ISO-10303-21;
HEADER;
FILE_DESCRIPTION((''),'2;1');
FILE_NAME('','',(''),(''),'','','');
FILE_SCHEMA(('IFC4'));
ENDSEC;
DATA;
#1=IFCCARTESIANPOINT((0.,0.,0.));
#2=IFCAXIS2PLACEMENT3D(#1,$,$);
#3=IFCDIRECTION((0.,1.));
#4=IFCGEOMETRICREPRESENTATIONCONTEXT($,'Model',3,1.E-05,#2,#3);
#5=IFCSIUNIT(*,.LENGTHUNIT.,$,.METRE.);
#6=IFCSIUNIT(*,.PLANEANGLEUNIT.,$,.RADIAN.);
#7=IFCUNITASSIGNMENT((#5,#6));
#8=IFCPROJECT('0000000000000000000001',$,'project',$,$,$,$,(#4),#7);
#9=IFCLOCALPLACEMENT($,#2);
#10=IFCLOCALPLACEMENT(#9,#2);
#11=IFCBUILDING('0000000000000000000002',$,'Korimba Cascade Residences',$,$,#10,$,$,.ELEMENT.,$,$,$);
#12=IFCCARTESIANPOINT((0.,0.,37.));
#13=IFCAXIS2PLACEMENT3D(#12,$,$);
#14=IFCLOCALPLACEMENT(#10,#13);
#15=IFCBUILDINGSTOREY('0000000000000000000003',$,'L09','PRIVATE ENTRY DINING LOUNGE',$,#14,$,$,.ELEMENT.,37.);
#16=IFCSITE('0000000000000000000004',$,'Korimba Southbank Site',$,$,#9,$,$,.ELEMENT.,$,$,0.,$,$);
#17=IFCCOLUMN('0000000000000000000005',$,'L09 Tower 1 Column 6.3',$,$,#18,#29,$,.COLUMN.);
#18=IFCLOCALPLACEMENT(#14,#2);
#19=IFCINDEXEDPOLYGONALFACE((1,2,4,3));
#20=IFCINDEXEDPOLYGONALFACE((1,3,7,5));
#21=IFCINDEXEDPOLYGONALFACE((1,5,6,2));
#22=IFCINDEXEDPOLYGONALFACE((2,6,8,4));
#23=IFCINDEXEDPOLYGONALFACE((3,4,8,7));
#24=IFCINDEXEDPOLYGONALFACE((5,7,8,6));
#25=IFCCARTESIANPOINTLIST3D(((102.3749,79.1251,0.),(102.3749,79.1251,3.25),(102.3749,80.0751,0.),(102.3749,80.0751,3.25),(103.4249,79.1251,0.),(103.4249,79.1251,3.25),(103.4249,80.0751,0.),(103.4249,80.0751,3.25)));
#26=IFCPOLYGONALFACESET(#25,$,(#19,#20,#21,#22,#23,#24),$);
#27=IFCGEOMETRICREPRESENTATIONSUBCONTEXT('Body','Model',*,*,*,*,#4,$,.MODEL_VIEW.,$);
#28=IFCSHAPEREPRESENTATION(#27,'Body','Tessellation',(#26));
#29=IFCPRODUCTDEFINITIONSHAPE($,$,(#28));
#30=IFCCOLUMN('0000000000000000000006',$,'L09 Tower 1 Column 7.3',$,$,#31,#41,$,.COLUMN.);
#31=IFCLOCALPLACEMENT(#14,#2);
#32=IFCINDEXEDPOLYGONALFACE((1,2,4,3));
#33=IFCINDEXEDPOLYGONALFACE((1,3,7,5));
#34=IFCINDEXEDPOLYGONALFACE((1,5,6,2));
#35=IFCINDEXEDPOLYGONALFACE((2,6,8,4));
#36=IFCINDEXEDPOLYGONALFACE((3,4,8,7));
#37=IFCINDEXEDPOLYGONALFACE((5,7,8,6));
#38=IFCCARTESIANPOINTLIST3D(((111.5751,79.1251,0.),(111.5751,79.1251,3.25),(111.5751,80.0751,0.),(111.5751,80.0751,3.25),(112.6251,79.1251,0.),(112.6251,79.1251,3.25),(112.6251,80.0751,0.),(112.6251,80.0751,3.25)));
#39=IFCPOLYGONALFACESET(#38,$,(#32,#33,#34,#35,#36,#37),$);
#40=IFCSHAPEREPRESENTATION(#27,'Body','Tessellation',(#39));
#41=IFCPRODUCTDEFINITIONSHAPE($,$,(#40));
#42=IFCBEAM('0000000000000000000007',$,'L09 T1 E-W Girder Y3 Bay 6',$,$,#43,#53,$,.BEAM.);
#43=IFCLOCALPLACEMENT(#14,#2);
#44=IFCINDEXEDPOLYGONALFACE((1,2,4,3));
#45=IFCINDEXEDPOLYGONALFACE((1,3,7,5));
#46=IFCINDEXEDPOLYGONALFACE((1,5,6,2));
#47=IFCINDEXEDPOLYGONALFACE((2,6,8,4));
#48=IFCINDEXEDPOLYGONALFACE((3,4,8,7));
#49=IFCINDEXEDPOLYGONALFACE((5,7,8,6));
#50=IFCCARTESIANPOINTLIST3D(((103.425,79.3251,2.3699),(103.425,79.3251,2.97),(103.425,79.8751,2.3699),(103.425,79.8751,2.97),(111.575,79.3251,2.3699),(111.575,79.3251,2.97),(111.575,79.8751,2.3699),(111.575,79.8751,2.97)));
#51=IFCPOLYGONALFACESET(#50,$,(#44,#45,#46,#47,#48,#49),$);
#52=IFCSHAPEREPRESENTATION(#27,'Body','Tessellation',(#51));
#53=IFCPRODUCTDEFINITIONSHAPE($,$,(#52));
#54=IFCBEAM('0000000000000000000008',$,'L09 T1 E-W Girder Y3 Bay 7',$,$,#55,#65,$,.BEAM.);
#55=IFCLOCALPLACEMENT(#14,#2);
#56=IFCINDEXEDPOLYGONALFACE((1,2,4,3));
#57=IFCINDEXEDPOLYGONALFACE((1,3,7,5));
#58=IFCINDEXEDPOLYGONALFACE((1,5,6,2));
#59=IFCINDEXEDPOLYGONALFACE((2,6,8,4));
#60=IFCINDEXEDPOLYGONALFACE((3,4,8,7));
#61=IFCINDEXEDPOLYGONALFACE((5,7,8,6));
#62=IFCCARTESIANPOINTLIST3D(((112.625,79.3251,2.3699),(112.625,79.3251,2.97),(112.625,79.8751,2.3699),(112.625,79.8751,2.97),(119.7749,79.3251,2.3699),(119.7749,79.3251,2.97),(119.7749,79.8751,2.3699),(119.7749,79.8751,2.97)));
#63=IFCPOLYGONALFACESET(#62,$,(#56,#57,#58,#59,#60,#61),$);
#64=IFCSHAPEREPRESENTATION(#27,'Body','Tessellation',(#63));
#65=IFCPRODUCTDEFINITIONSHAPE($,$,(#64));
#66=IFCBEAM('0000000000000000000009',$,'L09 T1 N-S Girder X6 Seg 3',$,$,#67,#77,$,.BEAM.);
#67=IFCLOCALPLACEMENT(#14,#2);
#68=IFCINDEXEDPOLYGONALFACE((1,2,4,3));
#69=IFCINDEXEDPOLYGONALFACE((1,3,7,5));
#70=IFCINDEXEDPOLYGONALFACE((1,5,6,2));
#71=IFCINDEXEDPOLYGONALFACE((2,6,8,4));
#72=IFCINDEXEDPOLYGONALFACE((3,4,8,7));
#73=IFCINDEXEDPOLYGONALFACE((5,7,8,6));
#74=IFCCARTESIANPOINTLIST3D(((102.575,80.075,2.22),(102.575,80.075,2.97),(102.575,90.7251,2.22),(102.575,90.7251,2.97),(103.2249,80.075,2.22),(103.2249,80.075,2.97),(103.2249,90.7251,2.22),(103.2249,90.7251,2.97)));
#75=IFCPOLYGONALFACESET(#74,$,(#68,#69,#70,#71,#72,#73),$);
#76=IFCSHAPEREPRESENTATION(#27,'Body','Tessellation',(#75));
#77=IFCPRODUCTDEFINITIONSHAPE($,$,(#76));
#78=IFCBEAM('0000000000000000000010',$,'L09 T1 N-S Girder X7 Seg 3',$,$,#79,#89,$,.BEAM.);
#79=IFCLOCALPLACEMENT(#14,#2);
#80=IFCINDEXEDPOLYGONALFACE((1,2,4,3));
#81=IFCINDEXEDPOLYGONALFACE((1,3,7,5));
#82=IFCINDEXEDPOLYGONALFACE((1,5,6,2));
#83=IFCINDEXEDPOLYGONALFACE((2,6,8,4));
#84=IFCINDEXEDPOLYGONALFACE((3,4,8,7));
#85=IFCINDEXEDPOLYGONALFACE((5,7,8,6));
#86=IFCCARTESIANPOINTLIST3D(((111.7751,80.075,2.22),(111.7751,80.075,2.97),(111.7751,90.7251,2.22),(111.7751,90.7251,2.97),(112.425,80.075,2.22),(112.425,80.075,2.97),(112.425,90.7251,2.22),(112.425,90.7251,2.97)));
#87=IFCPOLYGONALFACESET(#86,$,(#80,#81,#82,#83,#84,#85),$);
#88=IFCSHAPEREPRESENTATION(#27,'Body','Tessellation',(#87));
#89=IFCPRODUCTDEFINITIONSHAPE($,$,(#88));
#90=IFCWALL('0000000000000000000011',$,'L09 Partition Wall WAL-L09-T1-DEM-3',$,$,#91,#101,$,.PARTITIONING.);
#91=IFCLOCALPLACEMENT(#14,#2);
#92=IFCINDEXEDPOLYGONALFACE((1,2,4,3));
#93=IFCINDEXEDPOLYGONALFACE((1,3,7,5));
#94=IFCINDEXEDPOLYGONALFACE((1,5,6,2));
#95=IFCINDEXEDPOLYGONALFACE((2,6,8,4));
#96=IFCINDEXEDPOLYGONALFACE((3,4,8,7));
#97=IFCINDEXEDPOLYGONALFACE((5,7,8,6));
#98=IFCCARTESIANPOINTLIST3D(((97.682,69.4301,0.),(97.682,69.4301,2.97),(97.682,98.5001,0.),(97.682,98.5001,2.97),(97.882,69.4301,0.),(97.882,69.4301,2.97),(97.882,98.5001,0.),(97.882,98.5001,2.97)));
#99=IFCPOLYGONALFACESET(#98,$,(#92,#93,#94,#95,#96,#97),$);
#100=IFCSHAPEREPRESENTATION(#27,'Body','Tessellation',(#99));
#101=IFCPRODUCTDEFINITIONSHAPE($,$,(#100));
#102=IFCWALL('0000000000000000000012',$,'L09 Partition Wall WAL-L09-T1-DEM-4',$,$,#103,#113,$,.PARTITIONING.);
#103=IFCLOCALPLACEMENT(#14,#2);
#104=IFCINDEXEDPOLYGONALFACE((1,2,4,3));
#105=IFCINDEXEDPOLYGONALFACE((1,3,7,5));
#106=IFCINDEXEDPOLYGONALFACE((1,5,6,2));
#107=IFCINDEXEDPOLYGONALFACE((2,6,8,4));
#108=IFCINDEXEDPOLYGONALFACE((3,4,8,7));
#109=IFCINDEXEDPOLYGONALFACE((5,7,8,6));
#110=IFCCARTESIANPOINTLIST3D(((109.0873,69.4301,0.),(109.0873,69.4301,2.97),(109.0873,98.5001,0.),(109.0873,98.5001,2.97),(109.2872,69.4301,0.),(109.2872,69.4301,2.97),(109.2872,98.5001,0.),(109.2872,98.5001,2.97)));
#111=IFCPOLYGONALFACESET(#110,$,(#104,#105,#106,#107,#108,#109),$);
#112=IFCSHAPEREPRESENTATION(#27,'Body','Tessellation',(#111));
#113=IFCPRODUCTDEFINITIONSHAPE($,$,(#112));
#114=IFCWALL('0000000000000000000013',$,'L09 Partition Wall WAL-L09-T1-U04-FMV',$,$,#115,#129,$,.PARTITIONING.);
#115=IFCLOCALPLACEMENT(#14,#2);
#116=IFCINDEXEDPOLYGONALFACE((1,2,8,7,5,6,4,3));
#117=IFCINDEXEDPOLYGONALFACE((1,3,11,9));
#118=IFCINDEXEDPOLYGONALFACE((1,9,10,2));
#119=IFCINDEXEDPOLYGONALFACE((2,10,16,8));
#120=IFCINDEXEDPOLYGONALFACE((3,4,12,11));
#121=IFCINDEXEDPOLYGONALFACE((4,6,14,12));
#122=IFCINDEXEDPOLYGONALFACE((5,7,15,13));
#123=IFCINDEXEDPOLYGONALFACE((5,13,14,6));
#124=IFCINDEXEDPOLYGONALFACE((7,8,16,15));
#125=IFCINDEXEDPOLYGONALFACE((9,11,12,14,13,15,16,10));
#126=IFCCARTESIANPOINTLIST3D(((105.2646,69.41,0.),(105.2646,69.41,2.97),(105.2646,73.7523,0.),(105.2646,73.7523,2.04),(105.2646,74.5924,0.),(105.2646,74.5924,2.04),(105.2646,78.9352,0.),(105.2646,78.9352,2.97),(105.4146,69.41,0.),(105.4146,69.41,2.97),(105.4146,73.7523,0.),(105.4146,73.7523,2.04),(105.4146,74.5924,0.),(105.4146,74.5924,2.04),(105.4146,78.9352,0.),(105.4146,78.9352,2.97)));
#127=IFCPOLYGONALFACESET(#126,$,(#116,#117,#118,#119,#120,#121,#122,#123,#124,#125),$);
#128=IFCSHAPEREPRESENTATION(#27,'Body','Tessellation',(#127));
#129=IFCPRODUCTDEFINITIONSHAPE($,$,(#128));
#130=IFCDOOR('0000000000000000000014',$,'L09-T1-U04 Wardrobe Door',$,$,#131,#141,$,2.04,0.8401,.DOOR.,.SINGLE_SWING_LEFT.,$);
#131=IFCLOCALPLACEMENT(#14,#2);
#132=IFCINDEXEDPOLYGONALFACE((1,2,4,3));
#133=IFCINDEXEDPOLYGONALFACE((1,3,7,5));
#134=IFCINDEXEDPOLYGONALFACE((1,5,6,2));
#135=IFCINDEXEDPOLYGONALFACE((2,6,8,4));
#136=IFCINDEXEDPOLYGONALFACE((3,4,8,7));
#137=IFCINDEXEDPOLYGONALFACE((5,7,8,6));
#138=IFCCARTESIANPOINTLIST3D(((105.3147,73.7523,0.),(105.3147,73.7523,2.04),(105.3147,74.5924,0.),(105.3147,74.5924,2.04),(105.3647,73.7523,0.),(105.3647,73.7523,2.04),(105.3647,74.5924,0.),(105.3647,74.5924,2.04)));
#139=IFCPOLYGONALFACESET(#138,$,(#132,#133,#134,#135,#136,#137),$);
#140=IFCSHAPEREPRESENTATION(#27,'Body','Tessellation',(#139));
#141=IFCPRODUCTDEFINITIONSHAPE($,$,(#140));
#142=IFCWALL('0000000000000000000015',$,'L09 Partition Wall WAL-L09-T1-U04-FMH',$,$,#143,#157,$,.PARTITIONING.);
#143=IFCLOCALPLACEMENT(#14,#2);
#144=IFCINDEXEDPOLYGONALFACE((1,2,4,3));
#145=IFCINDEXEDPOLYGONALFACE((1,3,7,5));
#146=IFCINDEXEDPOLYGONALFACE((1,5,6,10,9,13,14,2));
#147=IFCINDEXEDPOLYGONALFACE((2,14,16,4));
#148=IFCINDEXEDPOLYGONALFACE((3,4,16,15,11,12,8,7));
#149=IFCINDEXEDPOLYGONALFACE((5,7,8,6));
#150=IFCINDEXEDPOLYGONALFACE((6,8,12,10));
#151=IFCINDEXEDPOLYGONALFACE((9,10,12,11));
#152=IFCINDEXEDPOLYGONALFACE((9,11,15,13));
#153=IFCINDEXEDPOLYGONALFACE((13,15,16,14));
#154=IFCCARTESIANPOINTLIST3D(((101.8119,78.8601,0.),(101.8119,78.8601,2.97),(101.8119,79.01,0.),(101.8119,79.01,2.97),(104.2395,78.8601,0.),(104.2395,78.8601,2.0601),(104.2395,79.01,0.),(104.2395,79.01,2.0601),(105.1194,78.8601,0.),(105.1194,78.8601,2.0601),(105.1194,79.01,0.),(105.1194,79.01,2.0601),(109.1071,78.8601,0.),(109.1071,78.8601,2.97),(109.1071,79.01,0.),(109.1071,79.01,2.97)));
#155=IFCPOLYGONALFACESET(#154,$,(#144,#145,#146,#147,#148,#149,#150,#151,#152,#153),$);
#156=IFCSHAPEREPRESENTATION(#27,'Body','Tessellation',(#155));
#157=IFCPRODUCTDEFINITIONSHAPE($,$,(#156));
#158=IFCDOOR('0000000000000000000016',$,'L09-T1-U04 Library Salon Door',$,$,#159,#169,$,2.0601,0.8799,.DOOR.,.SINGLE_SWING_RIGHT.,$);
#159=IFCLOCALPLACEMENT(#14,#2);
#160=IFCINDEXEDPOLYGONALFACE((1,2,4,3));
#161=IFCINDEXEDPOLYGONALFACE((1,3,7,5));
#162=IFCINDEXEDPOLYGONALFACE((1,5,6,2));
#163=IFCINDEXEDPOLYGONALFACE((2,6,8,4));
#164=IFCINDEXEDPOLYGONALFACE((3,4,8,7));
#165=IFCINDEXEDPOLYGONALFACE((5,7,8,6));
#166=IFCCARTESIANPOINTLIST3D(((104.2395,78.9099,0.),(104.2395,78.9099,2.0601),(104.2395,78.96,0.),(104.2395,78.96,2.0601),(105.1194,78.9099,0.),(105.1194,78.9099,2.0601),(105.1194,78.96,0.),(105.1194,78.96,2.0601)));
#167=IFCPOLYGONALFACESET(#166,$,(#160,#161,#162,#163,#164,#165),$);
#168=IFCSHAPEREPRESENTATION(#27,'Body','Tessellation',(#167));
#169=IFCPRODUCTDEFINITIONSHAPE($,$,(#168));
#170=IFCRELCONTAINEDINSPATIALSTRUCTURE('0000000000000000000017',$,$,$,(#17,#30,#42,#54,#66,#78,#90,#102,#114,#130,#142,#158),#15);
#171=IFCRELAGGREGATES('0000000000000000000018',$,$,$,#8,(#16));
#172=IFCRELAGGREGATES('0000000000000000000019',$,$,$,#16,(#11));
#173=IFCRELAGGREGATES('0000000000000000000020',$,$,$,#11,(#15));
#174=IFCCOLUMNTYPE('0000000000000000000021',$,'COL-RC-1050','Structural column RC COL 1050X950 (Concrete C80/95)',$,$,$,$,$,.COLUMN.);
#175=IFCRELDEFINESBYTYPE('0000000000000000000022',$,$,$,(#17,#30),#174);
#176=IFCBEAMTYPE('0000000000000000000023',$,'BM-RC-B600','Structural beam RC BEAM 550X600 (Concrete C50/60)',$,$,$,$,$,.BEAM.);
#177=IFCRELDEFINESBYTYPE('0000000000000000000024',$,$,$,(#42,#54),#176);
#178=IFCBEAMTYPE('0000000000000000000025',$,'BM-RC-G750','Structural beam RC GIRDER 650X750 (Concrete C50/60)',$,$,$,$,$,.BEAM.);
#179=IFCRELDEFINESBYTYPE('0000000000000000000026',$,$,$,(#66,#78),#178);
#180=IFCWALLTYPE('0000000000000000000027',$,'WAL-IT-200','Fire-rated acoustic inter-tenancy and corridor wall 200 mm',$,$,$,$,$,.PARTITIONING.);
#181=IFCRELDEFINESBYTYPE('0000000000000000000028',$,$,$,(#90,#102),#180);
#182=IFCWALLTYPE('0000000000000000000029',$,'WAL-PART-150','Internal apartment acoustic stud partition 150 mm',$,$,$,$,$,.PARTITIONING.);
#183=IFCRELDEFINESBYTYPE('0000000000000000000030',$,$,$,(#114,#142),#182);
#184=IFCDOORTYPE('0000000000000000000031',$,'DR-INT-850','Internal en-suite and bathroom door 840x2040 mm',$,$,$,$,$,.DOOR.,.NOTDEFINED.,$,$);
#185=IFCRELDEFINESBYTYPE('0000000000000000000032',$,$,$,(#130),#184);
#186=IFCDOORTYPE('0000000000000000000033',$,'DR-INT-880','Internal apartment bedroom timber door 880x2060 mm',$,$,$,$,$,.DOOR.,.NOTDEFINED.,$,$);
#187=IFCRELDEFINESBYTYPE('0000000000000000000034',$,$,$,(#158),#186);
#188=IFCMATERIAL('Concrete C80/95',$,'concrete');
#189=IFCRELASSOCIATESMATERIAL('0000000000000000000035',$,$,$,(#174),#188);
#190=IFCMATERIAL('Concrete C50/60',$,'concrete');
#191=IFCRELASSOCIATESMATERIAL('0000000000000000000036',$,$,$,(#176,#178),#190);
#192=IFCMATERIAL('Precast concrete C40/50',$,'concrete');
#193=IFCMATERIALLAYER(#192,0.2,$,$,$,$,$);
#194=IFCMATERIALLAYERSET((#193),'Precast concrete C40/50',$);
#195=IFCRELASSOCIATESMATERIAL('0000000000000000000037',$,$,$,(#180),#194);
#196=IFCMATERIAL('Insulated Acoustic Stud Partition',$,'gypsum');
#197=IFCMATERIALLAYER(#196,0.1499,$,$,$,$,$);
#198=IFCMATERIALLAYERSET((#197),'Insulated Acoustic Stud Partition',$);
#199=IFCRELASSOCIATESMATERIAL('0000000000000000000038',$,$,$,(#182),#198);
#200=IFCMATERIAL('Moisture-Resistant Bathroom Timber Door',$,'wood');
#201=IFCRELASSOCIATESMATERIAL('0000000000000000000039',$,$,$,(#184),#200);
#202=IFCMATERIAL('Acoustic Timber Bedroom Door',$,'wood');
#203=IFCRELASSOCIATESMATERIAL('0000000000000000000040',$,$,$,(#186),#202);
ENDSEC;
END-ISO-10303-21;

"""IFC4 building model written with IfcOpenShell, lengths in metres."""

from ifc_helpers import new_model, si_unit, direction, frame, frame_2d, origin, origin_2d, place, context, subcontext, project, spatial, rectangle, extrude, material, layer, layer_set, material_profile, profile_set, type_object, element, fill, save


model = new_model("IFC4")

# Units and contexts
model_context = context("Model", 3, precision=1e-05, world=origin(), true_north=direction((0.0, 1.0)))
body_context = subcontext(model_context, "Body", "Model", "MODEL_VIEW")
ifc_project = project(units=[si_unit("LENGTHUNIT", "METRE"), si_unit("PLANEANGLEUNIT", "RADIAN")], contexts=[model_context])

# Site, building, storey
site_placement = place(None, origin())
site = spatial("IfcSite", under=ifc_project, at=site_placement, Name="Korimba Southbank Site", CompositionType="ELEMENT", RefElevation=0.0)
building_placement = place(site_placement, origin())
building = spatial("IfcBuilding", under=site, at=building_placement, Name="Korimba Cascade Residences", CompositionType="ELEMENT")
storey_placement = place(building_placement, frame((0.0, 0.0, 37.0)))
storey = spatial("IfcBuildingStorey", under=building, at=storey_placement, Name="L09", Description="PRIVATE ENTRY DINING LOUNGE", CompositionType="ELEMENT", Elevation=37.0)

# Columns
ifc_material_1 = material(Name="Concrete C80/95", Category="concrete")
ifc_material_profile_1 = material_profile(ifc_material_1, rectangle(XDim=1.05, YDim=0.95, at=origin_2d()), Name="Concrete C80/95")
ifc_profile_set_1 = profile_set([ifc_material_profile_1], Name="Concrete C80/95")
column_type = type_object("IfcColumnType", Name="COL-RC-1050", Description="Structural column RC COL 1050X950 (Concrete C80/95)", PredefinedType="COLUMN", material=ifc_profile_set_1)
for number, where, z_axis, x_axis, name in (
    (1, (102.8999, 79.6001, 0.0), (0.0, 0.0, 1.0), (1.0, 0.0, 0.0), "L09 Tower 1 Column 6.3"),
    (2, (112.1001, 79.6001, 0.0), (0.0, 0.0, 1.0), (1.0, 0.0, 0.0), "L09 Tower 1 Column 7.3"),
):
    element("IfcColumn", number, at=place(storey_placement, frame(where, z_axis=z_axis, x_axis=x_axis)), inside=storey, type_object=column_type, Name=name, PredefinedType="COLUMN", context=body_context, shape_type="SweptSolid", body=[
        extrude(rectangle(XDim=1.05, YDim=0.95, at=origin_2d()), origin(), (0.0, 0.0, 1.0), 3.25),
    ])

# Beams
ifc_material_2 = material(Name="Concrete C50/60", Category="concrete")
ifc_material_profile_2 = material_profile(ifc_material_2, rectangle(XDim=0.55, YDim=0.6001, at=origin_2d()), Name="Concrete C50/60")
ifc_profile_set_2 = profile_set([ifc_material_profile_2], Name="Concrete C50/60")
beam_type_1 = type_object("IfcBeamType", Name="BM-RC-B600", Description="Structural beam RC BEAM 550X600 (Concrete C50/60)", PredefinedType="BEAM", material=ifc_profile_set_2)
beam_1_placement = place(storey_placement, frame((103.425, 79.6001, 2.6699), z_axis=(1.0, 0.0, 0.0), x_axis=(0.0, 1.0, 0.0)))
element("IfcBeam", 3, at=beam_1_placement, inside=storey, type_object=beam_type_1, Name="L09 T1 E-W Girder Y3 Bay 6", PredefinedType="BEAM", context=body_context, shape_type="SweptSolid", body=[
    extrude(rectangle(XDim=0.55, YDim=0.6001, at=origin_2d()), origin(), (0.0, 0.0, 1.0), 8.1499),
])
beam_2_placement = place(storey_placement, frame((112.625, 79.6001, 2.6699), z_axis=(1.0, 0.0, 0.0), x_axis=(0.0, 1.0, 0.0)))
element("IfcBeam", 4, at=beam_2_placement, inside=storey, type_object=beam_type_1, Name="L09 T1 E-W Girder Y3 Bay 7", PredefinedType="BEAM", context=body_context, shape_type="SweptSolid", body=[
    extrude(rectangle(XDim=0.55, YDim=0.6001, at=origin_2d()), origin(), (0.0, 0.0, 1.0), 7.1499),
])
ifc_material_profile_3 = material_profile(ifc_material_2, rectangle(XDim=0.6499, YDim=0.75, at=origin_2d()), Name="Concrete C50/60")
ifc_profile_set_3 = profile_set([ifc_material_profile_3], Name="Concrete C50/60")
beam_type_2 = type_object("IfcBeamType", Name="BM-RC-G750", Description="Structural beam RC GIRDER 650X750 (Concrete C50/60)", PredefinedType="BEAM", material=ifc_profile_set_3)
for number, where, z_axis, x_axis, name in (
    (5, (102.8999, 80.075, 2.595), (0.0, 1.0, 0.0), (-1.0, 0.0, 0.0), "L09 T1 N-S Girder X6 Seg 3"),
    (6, (112.1001, 80.075, 2.595), (0.0, 1.0, 0.0), (-1.0, 0.0, 0.0), "L09 T1 N-S Girder X7 Seg 3"),
):
    element("IfcBeam", number, at=place(storey_placement, frame(where, z_axis=z_axis, x_axis=x_axis)), inside=storey, type_object=beam_type_2, Name=name, PredefinedType="BEAM", context=body_context, shape_type="SweptSolid", body=[
        extrude(rectangle(XDim=0.6499, YDim=0.75, at=origin_2d()), origin(), (0.0, 0.0, 1.0), 10.6501),
    ])

# Walls
ifc_material_3 = material(Name="Precast concrete C40/50", Category="concrete")
ifc_layer_1 = layer(ifc_material_3, 0.2)
ifc_layer_set_1 = layer_set([ifc_layer_1], Name="Precast concrete C40/50")
wall_type_1 = type_object("IfcWallType", Name="WAL-IT-200", Description="Fire-rated acoustic inter-tenancy and corridor wall 200 mm", PredefinedType="PARTITIONING", material=ifc_layer_set_1)
for number, where, z_axis, x_axis, name in (
    (7, (97.782, 69.4299, 0.0), (0.0, 0.0, 1.0), (0.0, 1.0, 0.0), "L09 Partition Wall WAL-L09-T1-DEM-3"),
    (8, (109.1873, 69.4299, 0.0), (0.0, 0.0, 1.0), (0.0, 1.0, 0.0), "L09 Partition Wall WAL-L09-T1-DEM-4"),
):
    element("IfcWall", number, at=place(storey_placement, frame(where, z_axis=z_axis, x_axis=x_axis)), inside=storey, type_object=wall_type_1, Name=name, PredefinedType="PARTITIONING", context=body_context, shape_type="SweptSolid", body=[
        extrude(rectangle(XDim=29.0701, YDim=0.2, at=frame_2d((14.5352, 0.0))), origin(), (0.0, 0.0, 1.0), 2.97),
    ])

# Walls, openings, doors
ifc_material_4 = material(Name="Insulated Acoustic Stud Partition", Category="gypsum")
ifc_layer_2 = layer(ifc_material_4, 0.1499)
ifc_layer_set_2 = layer_set([ifc_layer_2], Name="Insulated Acoustic Stud Partition")
wall_type_2 = type_object("IfcWallType", Name="WAL-PART-150", Description="Internal apartment acoustic stud partition 150 mm", PredefinedType="PARTITIONING", material=ifc_layer_set_2)
wall_1_placement = place(storey_placement, frame((105.3396, 69.4099, 0.0), z_axis=(0.0, 0.0, 1.0), x_axis=(0.0, 1.0, 0.0)))
wall_1 = element("IfcWall", 9, at=wall_1_placement, inside=storey, type_object=wall_type_2, Name="L09 Partition Wall WAL-L09-T1-U04-FMV", PredefinedType="PARTITIONING", context=body_context, shape_type="SweptSolid", body=[
    extrude(rectangle(XDim=9.5251, YDim=0.1499, at=frame_2d((4.7627, 0.0))), origin(), (0.0, 0.0, 1.0), 2.97),
])
opening_1_placement = place(wall_1_placement, frame((4.3425, 0.0, 0.0)))
opening_1 = element("IfcOpeningElement", 10, at=opening_1_placement, cuts=wall_1, PredefinedType="OPENING", context=body_context, shape_type="SweptSolid", body=[
    extrude(rectangle(XDim=0.8401, YDim=2.04, at=frame_2d((0.4199, 1.02))), frame((0.0, 0.085, 0.0), z_axis=(0.0, -1.0, 0.0), x_axis=(1.0, 0.0, 0.0)), (0.0, 0.0, 1.0), 0.1699),
])
ifc_material_5 = material(Name="Moisture-Resistant Bathroom Timber Door", Category="wood")
door_type_1 = type_object("IfcDoorType", Name="DR-INT-850", Description="Internal en-suite and bathroom door 840x2040 mm", OperationType="NOTDEFINED", PredefinedType="DOOR", material=ifc_material_5)
door_1_placement = place(opening_1_placement, origin())
door_1 = element("IfcDoor", 11, at=door_1_placement, inside=storey, type_object=door_type_1, Name="L09-T1-U04 Wardrobe Door", OperationType="SINGLE_SWING_LEFT", OverallHeight=2.04, OverallWidth=0.8401, PredefinedType="DOOR", context=body_context, shape_type="SweptSolid", body=[
    extrude(rectangle(XDim=0.8401, YDim=2.04, at=frame_2d((0.4199, 1.02))), frame((0.0, 0.0249, 0.0), z_axis=(0.0, -1.0, 0.0), x_axis=(1.0, 0.0, 0.0)), (0.0, 0.0, 1.0), 0.05),
])
fill(opening_1, door_1)
wall_2_placement = place(storey_placement, frame((101.812, 78.9351, 0.0), z_axis=(0.0, 0.0, 1.0), x_axis=(1.0, 0.0, 0.0)))
wall_2 = element("IfcWall", 12, at=wall_2_placement, inside=storey, type_object=wall_type_2, Name="L09 Partition Wall WAL-L09-T1-U04-FMH", PredefinedType="PARTITIONING", context=body_context, shape_type="SweptSolid", body=[
    extrude(rectangle(XDim=7.2952, YDim=0.1499, at=frame_2d((3.6475, 0.0))), origin(), (0.0, 0.0, 1.0), 2.97),
])
opening_2_placement = place(wall_2_placement, frame((2.4275, 0.0, 0.0)))
opening_2 = element("IfcOpeningElement", 13, at=opening_2_placement, cuts=wall_2, PredefinedType="OPENING", context=body_context, shape_type="SweptSolid", body=[
    extrude(rectangle(XDim=0.8799, YDim=2.0601, at=frame_2d((0.4399, 1.03))), frame((0.0, 0.085, 0.0), z_axis=(0.0, -1.0, 0.0), x_axis=(1.0, 0.0, 0.0)), (0.0, 0.0, 1.0), 0.1699),
])
ifc_material_6 = material(Name="Acoustic Timber Bedroom Door", Category="wood")
door_type_2 = type_object("IfcDoorType", Name="DR-INT-880", Description="Internal apartment bedroom timber door 880x2060 mm", OperationType="NOTDEFINED", PredefinedType="DOOR", material=ifc_material_6)
door_2_placement = place(opening_2_placement, origin())
door_2 = element("IfcDoor", 14, at=door_2_placement, inside=storey, type_object=door_type_2, Name="L09-T1-U04 Library Salon Door", OperationType="SINGLE_SWING_RIGHT", OverallHeight=2.0601, OverallWidth=0.8799, PredefinedType="DOOR", context=body_context, shape_type="SweptSolid", body=[
    extrude(rectangle(XDim=0.8799, YDim=2.0601, at=frame_2d((0.4399, 1.03))), frame((0.0, 0.0249, 0.0), z_axis=(0.0, -1.0, 0.0), x_axis=(1.0, 0.0, 0.0)), (0.0, 0.0, 1.0), 0.05),
])
fill(opening_2, door_2)

save(model, "model.ifc")
